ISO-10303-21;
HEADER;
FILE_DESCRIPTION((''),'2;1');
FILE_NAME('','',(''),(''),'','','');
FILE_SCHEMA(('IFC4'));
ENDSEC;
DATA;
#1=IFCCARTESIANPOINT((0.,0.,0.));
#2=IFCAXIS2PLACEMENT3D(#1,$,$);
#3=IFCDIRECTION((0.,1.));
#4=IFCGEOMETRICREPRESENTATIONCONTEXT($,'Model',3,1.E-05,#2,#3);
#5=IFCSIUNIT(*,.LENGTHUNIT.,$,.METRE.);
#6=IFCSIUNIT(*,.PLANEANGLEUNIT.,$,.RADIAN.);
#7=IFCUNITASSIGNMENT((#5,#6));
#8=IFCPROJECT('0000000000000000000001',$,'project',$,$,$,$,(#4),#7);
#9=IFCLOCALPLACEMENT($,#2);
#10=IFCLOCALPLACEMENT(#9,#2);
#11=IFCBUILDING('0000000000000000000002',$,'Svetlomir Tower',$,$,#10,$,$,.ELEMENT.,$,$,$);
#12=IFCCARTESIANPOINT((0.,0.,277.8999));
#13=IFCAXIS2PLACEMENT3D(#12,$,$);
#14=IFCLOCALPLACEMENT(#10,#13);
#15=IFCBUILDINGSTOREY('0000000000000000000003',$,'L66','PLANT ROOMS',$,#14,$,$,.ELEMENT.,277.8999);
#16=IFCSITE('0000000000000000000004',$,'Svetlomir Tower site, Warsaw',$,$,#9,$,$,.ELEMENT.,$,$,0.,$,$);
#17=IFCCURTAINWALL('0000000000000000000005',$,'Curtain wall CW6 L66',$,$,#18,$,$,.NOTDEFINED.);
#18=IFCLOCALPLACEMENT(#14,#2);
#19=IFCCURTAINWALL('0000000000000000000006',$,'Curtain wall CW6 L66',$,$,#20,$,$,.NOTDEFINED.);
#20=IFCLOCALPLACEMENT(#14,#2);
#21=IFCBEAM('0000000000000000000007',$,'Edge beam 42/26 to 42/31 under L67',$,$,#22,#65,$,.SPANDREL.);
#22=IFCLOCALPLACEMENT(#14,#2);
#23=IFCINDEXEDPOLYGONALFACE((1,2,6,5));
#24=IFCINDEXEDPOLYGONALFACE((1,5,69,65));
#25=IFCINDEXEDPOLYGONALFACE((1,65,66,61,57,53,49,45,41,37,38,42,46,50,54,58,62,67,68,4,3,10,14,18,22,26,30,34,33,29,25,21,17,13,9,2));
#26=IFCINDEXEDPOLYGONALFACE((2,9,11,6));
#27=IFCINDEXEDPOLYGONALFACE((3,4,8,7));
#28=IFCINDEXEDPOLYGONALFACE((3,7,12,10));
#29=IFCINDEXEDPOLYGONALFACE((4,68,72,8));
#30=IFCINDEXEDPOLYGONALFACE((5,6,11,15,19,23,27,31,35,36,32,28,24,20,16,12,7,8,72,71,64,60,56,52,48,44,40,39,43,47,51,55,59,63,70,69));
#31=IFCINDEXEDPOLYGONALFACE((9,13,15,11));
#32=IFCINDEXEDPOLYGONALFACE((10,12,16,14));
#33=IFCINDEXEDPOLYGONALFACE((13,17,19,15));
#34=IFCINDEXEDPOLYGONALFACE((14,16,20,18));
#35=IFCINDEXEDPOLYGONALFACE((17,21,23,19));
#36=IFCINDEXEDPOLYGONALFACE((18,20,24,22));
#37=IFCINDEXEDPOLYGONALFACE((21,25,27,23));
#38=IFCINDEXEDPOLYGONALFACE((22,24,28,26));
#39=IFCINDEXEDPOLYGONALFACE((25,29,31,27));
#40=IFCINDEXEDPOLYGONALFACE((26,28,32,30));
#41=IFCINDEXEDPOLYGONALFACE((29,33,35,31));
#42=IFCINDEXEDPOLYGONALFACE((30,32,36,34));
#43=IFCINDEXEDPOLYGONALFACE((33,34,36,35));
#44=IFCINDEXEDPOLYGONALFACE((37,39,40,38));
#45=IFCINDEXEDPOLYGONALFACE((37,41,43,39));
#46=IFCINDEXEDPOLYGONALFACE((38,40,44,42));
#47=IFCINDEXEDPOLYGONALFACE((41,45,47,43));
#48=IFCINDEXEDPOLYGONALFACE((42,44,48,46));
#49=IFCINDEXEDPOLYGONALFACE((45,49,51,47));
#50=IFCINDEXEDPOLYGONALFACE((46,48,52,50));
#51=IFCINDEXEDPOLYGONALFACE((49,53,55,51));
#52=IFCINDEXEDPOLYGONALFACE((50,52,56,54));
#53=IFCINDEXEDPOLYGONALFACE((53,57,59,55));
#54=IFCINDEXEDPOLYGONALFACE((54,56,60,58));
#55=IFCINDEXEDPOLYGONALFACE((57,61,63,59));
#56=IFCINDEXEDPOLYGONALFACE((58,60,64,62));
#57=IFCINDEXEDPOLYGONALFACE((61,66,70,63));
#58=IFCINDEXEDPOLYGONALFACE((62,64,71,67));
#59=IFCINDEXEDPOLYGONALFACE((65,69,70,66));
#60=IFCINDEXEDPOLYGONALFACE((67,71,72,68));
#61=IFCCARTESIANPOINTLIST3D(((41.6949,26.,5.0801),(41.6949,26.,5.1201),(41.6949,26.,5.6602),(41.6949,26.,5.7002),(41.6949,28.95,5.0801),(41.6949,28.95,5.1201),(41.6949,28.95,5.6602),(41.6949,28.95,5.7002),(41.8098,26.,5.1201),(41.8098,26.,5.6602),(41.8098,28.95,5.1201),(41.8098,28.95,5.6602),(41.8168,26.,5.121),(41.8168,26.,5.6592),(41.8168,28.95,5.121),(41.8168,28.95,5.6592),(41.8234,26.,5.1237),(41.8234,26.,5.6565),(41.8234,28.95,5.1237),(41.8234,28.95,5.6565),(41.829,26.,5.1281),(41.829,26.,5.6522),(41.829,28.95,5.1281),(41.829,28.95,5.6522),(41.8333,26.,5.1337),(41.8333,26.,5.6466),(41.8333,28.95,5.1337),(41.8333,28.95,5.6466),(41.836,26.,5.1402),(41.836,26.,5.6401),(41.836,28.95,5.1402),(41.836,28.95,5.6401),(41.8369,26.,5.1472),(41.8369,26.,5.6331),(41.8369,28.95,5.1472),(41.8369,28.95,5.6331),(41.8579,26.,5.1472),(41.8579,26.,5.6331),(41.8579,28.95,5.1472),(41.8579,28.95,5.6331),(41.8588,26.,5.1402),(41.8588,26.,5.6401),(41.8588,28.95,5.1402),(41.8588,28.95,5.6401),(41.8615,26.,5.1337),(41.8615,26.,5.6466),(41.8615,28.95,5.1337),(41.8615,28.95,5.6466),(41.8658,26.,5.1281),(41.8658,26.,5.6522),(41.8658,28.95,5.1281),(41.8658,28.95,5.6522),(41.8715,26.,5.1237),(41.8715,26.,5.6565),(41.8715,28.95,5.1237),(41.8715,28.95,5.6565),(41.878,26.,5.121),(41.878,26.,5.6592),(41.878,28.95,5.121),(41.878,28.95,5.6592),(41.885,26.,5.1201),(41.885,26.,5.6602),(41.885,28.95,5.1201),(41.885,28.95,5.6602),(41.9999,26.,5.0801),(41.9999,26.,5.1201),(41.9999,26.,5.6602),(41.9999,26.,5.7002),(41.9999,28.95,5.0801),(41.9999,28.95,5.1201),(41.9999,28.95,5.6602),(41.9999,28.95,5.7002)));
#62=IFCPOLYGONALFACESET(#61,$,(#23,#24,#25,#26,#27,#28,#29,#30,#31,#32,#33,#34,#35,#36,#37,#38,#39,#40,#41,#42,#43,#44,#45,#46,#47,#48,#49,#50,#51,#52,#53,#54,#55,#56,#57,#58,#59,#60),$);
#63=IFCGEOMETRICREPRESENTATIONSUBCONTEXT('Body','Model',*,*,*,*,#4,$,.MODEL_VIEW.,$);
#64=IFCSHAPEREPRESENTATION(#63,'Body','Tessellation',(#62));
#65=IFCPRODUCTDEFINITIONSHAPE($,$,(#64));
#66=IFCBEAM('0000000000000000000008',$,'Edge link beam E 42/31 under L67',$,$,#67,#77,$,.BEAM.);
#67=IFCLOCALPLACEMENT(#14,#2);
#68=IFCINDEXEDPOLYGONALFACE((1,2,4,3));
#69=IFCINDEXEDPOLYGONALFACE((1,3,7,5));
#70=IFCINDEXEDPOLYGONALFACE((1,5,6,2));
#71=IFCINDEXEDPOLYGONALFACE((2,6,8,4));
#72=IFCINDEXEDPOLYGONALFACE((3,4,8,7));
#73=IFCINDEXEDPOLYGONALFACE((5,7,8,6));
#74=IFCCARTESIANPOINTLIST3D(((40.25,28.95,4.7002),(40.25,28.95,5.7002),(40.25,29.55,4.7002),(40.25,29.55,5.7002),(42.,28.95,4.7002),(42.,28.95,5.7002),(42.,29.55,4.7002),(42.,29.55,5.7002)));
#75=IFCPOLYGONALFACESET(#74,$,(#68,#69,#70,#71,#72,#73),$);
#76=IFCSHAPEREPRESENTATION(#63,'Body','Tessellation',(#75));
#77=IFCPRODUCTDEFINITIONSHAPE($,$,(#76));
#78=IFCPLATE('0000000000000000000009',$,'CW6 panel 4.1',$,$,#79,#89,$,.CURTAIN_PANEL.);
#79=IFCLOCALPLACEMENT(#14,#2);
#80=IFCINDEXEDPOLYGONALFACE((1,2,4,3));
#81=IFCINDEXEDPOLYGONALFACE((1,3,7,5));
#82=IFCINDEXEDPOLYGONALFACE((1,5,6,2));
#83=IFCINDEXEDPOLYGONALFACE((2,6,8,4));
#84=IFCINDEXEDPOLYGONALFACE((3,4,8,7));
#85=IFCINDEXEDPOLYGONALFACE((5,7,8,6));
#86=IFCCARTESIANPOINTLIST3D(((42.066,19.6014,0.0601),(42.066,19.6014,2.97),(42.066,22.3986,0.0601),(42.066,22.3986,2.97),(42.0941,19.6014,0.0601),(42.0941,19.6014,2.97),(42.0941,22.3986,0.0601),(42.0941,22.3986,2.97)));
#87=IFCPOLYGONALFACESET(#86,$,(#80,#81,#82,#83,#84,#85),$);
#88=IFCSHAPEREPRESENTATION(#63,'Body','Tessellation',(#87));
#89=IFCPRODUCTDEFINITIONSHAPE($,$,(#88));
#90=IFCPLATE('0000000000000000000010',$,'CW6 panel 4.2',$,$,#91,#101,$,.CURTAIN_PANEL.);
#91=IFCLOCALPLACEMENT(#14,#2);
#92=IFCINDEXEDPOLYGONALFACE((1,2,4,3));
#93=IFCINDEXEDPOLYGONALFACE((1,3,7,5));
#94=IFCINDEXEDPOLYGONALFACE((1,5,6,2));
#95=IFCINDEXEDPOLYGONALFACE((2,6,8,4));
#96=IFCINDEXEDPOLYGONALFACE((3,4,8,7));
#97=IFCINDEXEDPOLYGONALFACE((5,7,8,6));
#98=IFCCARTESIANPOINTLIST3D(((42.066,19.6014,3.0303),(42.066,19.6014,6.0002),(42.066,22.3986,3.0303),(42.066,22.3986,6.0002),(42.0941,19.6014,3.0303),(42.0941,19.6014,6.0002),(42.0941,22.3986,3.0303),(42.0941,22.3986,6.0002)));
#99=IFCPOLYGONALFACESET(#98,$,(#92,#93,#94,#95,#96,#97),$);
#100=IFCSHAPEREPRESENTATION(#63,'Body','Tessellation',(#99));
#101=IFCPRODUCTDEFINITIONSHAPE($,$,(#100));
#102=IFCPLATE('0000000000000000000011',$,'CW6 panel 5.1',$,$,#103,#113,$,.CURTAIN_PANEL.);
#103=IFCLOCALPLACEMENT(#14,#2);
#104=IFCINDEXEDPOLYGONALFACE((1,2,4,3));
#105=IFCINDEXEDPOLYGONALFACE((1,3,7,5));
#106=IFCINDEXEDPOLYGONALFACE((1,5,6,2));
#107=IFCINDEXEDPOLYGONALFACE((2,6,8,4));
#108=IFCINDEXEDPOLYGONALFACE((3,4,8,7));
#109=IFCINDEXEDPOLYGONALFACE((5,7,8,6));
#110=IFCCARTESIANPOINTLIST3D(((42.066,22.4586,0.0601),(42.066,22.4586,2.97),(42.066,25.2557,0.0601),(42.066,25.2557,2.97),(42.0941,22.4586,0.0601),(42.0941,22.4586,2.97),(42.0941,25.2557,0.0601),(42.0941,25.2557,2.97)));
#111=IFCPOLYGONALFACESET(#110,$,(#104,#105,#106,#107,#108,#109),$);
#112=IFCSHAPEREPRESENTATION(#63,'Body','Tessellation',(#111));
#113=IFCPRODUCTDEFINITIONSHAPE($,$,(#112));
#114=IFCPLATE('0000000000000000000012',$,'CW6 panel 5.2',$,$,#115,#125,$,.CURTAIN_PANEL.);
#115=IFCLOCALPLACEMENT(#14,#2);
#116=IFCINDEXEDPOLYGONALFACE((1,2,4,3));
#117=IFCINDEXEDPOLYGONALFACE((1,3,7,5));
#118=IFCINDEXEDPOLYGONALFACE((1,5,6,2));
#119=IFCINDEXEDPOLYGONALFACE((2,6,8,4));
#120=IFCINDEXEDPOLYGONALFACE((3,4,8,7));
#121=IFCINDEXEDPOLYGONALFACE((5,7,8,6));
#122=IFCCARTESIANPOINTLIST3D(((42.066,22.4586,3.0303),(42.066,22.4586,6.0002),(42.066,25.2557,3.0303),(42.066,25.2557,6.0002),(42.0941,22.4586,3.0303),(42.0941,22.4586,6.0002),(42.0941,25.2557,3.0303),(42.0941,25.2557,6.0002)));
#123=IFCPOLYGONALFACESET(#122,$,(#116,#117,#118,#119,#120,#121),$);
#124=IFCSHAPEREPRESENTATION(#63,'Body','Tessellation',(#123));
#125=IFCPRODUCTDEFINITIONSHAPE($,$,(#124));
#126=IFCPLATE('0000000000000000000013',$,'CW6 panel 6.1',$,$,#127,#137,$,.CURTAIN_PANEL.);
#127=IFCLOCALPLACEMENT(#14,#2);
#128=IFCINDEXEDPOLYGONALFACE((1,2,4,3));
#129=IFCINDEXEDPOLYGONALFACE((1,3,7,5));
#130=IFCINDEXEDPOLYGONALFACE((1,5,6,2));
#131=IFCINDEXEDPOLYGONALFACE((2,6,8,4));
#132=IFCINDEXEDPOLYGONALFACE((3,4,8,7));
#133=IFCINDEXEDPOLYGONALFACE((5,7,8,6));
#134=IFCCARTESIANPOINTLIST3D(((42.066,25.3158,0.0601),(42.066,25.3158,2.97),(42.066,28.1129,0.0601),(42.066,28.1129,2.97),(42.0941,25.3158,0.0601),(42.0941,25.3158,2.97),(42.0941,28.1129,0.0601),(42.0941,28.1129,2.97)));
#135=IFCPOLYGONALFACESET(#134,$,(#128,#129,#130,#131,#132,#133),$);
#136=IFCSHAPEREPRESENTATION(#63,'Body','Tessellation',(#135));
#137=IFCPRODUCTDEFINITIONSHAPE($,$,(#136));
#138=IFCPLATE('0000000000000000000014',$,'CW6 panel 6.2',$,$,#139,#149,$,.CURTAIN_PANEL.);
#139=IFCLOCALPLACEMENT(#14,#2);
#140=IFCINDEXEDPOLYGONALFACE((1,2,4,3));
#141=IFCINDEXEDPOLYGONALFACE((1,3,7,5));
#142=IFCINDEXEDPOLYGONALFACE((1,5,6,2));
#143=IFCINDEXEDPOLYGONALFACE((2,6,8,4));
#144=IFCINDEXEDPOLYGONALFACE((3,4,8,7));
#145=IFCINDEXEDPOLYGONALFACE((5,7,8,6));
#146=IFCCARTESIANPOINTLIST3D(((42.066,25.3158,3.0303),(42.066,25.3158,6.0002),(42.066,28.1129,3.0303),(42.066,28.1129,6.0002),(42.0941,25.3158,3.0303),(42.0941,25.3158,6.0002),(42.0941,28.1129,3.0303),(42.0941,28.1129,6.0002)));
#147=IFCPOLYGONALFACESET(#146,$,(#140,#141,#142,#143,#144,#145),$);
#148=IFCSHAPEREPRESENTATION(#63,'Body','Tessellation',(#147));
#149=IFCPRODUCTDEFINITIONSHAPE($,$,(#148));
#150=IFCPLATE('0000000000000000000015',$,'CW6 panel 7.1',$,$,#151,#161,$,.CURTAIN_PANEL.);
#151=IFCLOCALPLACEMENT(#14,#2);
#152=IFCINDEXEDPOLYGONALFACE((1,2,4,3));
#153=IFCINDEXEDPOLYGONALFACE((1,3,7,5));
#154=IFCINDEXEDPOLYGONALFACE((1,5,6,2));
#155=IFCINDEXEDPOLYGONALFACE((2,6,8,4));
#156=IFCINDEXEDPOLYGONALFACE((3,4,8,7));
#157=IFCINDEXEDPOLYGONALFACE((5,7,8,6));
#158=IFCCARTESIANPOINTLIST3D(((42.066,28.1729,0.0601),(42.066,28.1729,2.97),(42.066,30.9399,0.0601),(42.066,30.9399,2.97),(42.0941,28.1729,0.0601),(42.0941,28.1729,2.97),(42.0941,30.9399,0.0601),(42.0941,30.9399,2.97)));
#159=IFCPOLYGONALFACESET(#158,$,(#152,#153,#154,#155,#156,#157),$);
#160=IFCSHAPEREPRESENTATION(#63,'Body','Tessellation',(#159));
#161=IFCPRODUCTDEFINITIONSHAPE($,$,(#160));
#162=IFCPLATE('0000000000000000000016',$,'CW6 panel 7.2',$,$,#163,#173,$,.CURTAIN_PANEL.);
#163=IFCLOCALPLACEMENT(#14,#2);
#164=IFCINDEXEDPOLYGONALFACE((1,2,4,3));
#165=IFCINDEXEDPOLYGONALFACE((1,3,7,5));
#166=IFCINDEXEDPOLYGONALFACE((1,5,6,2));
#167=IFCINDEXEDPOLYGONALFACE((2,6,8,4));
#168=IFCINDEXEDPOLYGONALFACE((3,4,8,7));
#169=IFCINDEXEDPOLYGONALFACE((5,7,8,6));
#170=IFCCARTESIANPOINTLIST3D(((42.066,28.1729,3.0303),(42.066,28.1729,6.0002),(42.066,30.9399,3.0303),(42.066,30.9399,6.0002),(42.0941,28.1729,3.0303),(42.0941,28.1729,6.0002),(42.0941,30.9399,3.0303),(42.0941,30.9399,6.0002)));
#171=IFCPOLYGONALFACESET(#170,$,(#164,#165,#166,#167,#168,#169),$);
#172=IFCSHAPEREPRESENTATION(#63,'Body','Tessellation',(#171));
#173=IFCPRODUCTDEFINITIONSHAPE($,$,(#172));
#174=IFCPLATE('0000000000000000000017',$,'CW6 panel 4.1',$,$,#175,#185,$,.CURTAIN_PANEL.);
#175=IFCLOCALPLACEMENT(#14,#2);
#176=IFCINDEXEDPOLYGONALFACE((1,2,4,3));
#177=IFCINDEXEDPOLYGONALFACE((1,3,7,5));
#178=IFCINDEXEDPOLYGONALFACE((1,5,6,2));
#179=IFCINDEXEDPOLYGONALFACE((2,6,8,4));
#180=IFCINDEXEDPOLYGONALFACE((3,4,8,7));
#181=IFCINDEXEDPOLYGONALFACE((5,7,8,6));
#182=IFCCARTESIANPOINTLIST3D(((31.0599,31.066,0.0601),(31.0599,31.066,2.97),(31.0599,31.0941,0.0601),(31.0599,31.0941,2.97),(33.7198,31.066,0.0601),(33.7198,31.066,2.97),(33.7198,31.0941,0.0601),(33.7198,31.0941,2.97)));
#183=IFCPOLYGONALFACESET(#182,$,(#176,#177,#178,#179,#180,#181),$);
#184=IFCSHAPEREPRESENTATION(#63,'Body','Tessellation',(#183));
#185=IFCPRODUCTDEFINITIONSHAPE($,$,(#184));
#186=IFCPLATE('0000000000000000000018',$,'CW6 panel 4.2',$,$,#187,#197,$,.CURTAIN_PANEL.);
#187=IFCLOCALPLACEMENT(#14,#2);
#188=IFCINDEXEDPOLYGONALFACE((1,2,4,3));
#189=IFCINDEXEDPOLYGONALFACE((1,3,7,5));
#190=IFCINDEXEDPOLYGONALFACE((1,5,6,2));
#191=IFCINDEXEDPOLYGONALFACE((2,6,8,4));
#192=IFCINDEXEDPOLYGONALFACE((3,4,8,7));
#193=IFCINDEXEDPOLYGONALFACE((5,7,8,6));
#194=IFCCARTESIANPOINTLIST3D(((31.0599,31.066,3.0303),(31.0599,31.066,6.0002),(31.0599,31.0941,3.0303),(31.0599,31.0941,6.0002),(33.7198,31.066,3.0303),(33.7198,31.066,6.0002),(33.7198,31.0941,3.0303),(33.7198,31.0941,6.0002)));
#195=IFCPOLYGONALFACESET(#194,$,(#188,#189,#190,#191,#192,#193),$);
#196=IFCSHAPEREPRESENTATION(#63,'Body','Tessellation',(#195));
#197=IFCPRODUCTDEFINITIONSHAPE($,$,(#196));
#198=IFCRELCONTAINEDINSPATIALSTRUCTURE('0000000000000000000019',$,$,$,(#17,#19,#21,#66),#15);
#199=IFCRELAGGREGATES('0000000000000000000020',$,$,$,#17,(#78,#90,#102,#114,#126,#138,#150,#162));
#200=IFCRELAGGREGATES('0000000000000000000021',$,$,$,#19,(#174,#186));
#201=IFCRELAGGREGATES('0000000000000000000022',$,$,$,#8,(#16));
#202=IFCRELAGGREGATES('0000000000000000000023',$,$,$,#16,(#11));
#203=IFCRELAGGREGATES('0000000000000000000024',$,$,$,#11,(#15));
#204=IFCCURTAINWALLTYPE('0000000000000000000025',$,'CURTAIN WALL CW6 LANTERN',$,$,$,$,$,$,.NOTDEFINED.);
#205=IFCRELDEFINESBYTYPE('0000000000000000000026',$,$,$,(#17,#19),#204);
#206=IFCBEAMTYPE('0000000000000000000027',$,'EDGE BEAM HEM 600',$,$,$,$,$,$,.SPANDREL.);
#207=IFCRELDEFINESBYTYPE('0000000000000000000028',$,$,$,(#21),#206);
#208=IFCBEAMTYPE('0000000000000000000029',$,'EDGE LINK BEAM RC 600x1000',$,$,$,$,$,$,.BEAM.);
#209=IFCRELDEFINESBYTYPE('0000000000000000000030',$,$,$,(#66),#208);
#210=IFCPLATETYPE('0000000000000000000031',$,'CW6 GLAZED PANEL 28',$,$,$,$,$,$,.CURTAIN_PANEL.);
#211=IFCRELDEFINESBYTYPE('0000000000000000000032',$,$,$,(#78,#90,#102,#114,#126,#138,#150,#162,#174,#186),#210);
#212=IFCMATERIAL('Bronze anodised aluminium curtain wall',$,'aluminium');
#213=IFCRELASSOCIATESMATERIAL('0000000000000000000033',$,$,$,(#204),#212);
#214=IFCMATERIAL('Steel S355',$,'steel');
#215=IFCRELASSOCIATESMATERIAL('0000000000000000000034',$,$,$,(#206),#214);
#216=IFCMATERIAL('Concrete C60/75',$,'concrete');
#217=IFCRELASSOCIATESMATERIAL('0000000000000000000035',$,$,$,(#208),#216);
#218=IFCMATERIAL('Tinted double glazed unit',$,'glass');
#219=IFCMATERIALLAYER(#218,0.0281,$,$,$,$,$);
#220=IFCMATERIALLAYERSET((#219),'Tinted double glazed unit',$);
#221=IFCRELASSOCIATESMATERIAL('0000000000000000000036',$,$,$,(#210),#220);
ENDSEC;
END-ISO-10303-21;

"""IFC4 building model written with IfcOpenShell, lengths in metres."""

from ifc_helpers import new_model, si_unit, direction, frame, origin, origin_2d, place, context, subcontext, project, spatial, rectangle, i_section, extrude, material, layer, layer_set, material_profile, profile_set, type_object, element, aggregate, save


model = new_model("IFC4")

# Units and contexts
model_context = context("Model", 3, precision=1e-05, world=origin(), true_north=direction((0.0, 1.0)))
body_context = subcontext(model_context, "Body", "Model", "MODEL_VIEW")
ifc_project = project(units=[si_unit("LENGTHUNIT", "METRE"), si_unit("PLANEANGLEUNIT", "RADIAN")], contexts=[model_context])

# Site, building, storey
site_placement = place(None, origin())
site = spatial("IfcSite", under=ifc_project, at=site_placement, Name="Svetlomir Tower site, Warsaw", CompositionType="ELEMENT", RefElevation=0.0)
building_placement = place(site_placement, origin())
building = spatial("IfcBuilding", under=site, at=building_placement, Name="Svetlomir Tower", CompositionType="ELEMENT")
storey_placement = place(building_placement, frame((0.0, 0.0, 277.8999)))
storey = spatial("IfcBuildingStorey", under=building, at=storey_placement, Name="L66", Description="PLANT ROOMS", CompositionType="ELEMENT", Elevation=277.8999)

# Curtain wall
ifc_material_1 = material(Name="Bronze anodised aluminium curtain wall", Category="aluminium")
curtain_wall_type = type_object("IfcCurtainWallType", Name="CURTAIN WALL CW6 LANTERN", PredefinedType="NOTDEFINED", material=ifc_material_1)
curtain_wall_1_placement = place(storey_placement, origin())
curtain_wall_1 = element("IfcCurtainWall", 1, at=curtain_wall_1_placement, inside=storey, type_object=curtain_wall_type, Name="Curtain wall CW6 L66", PredefinedType="NOTDEFINED")

# Curtain wall
curtain_wall_2_placement = place(storey_placement, origin())
curtain_wall_2 = element("IfcCurtainWall", 2, at=curtain_wall_2_placement, inside=storey, type_object=curtain_wall_type, Name="Curtain wall CW6 L66", PredefinedType="NOTDEFINED")

# Beams
ifc_material_2 = material(Name="Steel S355", Category="steel")
ifc_material_profile_1 = material_profile(ifc_material_2, i_section(OverallWidth=0.3049, OverallDepth=0.6201, WebThickness=0.021, FlangeThickness=0.04, FilletRadius=0.0271, at=origin_2d()), Name="HEM 600")
ifc_profile_set_1 = profile_set([ifc_material_profile_1], Name="Steel S355")
beam_type_1 = type_object("IfcBeamType", Name="EDGE BEAM HEM 600", PredefinedType="SPANDREL", material=ifc_profile_set_1)
beam_1_placement = place(storey_placement, frame((41.8474, 26.0, 5.3901), z_axis=(0.0, 1.0, 0.0), x_axis=(-1.0, 0.0, 0.0)))
element("IfcBeam", 3, at=beam_1_placement, inside=storey, type_object=beam_type_1, Name="Edge beam 42/26 to 42/31 under L67", PredefinedType="SPANDREL", context=body_context, shape_type="SweptSolid", body=[
    extrude(i_section(OverallWidth=0.3049, OverallDepth=0.6201, WebThickness=0.021, FlangeThickness=0.04, FilletRadius=0.0271, at=origin_2d()), origin(), (0.0, 0.0, 1.0), 2.95),
])
ifc_material_3 = material(Name="Concrete C60/75", Category="concrete")
ifc_material_profile_2 = material_profile(ifc_material_3, rectangle(XDim=0.6001, YDim=1.0, at=origin_2d()), Name="RC 600x1000")
ifc_profile_set_2 = profile_set([ifc_material_profile_2], Name="Concrete C60/75")
beam_type_2 = type_object("IfcBeamType", Name="EDGE LINK BEAM RC 600x1000", PredefinedType="BEAM", material=ifc_profile_set_2)
beam_2_placement = place(storey_placement, frame((40.25, 29.25, 5.2002), z_axis=(1.0, 0.0, 0.0), x_axis=(0.0, 1.0, 0.0)))
element("IfcBeam", 4, at=beam_2_placement, inside=storey, type_object=beam_type_2, Name="Edge link beam E 42/31 under L67", PredefinedType="BEAM", context=body_context, shape_type="SweptSolid", body=[
    extrude(rectangle(XDim=0.6001, YDim=1.0, at=origin_2d()), origin(), (0.0, 0.0, 1.0), 1.75),
])

# Plates
ifc_material_4 = material(Name="Tinted double glazed unit", Category="glass")
ifc_layer = layer(ifc_material_4, 0.0281)
ifc_layer_set = layer_set([ifc_layer], Name="Tinted double glazed unit")
plate_type = type_object("IfcPlateType", Name="CW6 GLAZED PANEL 28", PredefinedType="CURTAIN_PANEL", material=ifc_layer_set)
plate_1_placement = place(storey_placement, frame((42.0801, 21.0, 0.0601), z_axis=(0.0, 0.0, 1.0), x_axis=(0.0, 1.0, 0.0)))
plate_1 = element("IfcPlate", 5, at=plate_1_placement, type_object=plate_type, Name="CW6 panel 4.1", PredefinedType="CURTAIN_PANEL", context=body_context, shape_type="SweptSolid", body=[
    extrude(rectangle(XDim=2.7971, YDim=0.0281, at=origin_2d()), origin(), (0.0, 0.0, 1.0), 2.9099),
])
plate_2_placement = place(storey_placement, frame((42.0801, 21.0, 3.0303), z_axis=(0.0, 0.0, 1.0), x_axis=(0.0, 1.0, 0.0)))
plate_2 = element("IfcPlate", 6, at=plate_2_placement, type_object=plate_type, Name="CW6 panel 4.2", PredefinedType="CURTAIN_PANEL", context=body_context, shape_type="SweptSolid", body=[
    extrude(rectangle(XDim=2.7971, YDim=0.0281, at=origin_2d()), origin(), (0.0, 0.0, 1.0), 2.97),
])
plate_3_placement = place(storey_placement, frame((42.0801, 23.8572, 0.0601), z_axis=(0.0, 0.0, 1.0), x_axis=(0.0, 1.0, 0.0)))
plate_3 = element("IfcPlate", 7, at=plate_3_placement, type_object=plate_type, Name="CW6 panel 5.1", PredefinedType="CURTAIN_PANEL", context=body_context, shape_type="SweptSolid", body=[
    extrude(rectangle(XDim=2.7971, YDim=0.0281, at=origin_2d()), origin(), (0.0, 0.0, 1.0), 2.9099),
])
plate_4_placement = place(storey_placement, frame((42.0801, 23.8572, 3.0303), z_axis=(0.0, 0.0, 1.0), x_axis=(0.0, 1.0, 0.0)))
plate_4 = element("IfcPlate", 8, at=plate_4_placement, type_object=plate_type, Name="CW6 panel 5.2", PredefinedType="CURTAIN_PANEL", context=body_context, shape_type="SweptSolid", body=[
    extrude(rectangle(XDim=2.7971, YDim=0.0281, at=origin_2d()), origin(), (0.0, 0.0, 1.0), 2.97),
])
plate_5_placement = place(storey_placement, frame((42.0801, 26.7144, 0.0601), z_axis=(0.0, 0.0, 1.0), x_axis=(0.0, 1.0, 0.0)))
plate_5 = element("IfcPlate", 9, at=plate_5_placement, type_object=plate_type, Name="CW6 panel 6.1", PredefinedType="CURTAIN_PANEL", context=body_context, shape_type="SweptSolid", body=[
    extrude(rectangle(XDim=2.7971, YDim=0.0281, at=origin_2d()), origin(), (0.0, 0.0, 1.0), 2.9099),
])
plate_6_placement = place(storey_placement, frame((42.0801, 26.7144, 3.0303), z_axis=(0.0, 0.0, 1.0), x_axis=(0.0, 1.0, 0.0)))
plate_6 = element("IfcPlate", 10, at=plate_6_placement, type_object=plate_type, Name="CW6 panel 6.2", PredefinedType="CURTAIN_PANEL", context=body_context, shape_type="SweptSolid", body=[
    extrude(rectangle(XDim=2.7971, YDim=0.0281, at=origin_2d()), origin(), (0.0, 0.0, 1.0), 2.97),
])
plate_7_placement = place(storey_placement, frame((42.0801, 29.5564, 0.0601), z_axis=(0.0, 0.0, 1.0), x_axis=(0.0, 1.0, 0.0)))
plate_7 = element("IfcPlate", 11, at=plate_7_placement, type_object=plate_type, Name="CW6 panel 7.1", PredefinedType="CURTAIN_PANEL", context=body_context, shape_type="SweptSolid", body=[
    extrude(rectangle(XDim=2.7671, YDim=0.0281, at=origin_2d()), origin(), (0.0, 0.0, 1.0), 2.9099),
])
plate_8_placement = place(storey_placement, frame((42.0801, 29.5564, 3.0303), z_axis=(0.0, 0.0, 1.0), x_axis=(0.0, 1.0, 0.0)))
plate_8 = element("IfcPlate", 12, at=plate_8_placement, type_object=plate_type, Name="CW6 panel 7.2", PredefinedType="CURTAIN_PANEL", context=body_context, shape_type="SweptSolid", body=[
    extrude(rectangle(XDim=2.7671, YDim=0.0281, at=origin_2d()), origin(), (0.0, 0.0, 1.0), 2.97),
])
aggregate(curtain_wall_1, [plate_1, plate_2, plate_3, plate_4, plate_5, plate_6, plate_7, plate_8])
plate_9_placement = place(storey_placement, frame((32.3899, 31.0801, 0.0601), z_axis=(0.0, 0.0, 1.0), x_axis=(-1.0, 0.0, 0.0)))
plate_9 = element("IfcPlate", 13, at=plate_9_placement, type_object=plate_type, Name="CW6 panel 4.1", PredefinedType="CURTAIN_PANEL", context=body_context, shape_type="SweptSolid", body=[
    extrude(rectangle(XDim=2.6599, YDim=0.0281, at=origin_2d()), origin(), (0.0, 0.0, 1.0), 2.9099),
])
plate_10_placement = place(storey_placement, frame((32.3899, 31.0801, 3.0303), z_axis=(0.0, 0.0, 1.0), x_axis=(-1.0, 0.0, 0.0)))
plate_10 = element("IfcPlate", 14, at=plate_10_placement, type_object=plate_type, Name="CW6 panel 4.2", PredefinedType="CURTAIN_PANEL", context=body_context, shape_type="SweptSolid", body=[
    extrude(rectangle(XDim=2.6599, YDim=0.0281, at=origin_2d()), origin(), (0.0, 0.0, 1.0), 2.97),
])
aggregate(curtain_wall_2, [plate_9, plate_10])

save(model, "model.ifc")
